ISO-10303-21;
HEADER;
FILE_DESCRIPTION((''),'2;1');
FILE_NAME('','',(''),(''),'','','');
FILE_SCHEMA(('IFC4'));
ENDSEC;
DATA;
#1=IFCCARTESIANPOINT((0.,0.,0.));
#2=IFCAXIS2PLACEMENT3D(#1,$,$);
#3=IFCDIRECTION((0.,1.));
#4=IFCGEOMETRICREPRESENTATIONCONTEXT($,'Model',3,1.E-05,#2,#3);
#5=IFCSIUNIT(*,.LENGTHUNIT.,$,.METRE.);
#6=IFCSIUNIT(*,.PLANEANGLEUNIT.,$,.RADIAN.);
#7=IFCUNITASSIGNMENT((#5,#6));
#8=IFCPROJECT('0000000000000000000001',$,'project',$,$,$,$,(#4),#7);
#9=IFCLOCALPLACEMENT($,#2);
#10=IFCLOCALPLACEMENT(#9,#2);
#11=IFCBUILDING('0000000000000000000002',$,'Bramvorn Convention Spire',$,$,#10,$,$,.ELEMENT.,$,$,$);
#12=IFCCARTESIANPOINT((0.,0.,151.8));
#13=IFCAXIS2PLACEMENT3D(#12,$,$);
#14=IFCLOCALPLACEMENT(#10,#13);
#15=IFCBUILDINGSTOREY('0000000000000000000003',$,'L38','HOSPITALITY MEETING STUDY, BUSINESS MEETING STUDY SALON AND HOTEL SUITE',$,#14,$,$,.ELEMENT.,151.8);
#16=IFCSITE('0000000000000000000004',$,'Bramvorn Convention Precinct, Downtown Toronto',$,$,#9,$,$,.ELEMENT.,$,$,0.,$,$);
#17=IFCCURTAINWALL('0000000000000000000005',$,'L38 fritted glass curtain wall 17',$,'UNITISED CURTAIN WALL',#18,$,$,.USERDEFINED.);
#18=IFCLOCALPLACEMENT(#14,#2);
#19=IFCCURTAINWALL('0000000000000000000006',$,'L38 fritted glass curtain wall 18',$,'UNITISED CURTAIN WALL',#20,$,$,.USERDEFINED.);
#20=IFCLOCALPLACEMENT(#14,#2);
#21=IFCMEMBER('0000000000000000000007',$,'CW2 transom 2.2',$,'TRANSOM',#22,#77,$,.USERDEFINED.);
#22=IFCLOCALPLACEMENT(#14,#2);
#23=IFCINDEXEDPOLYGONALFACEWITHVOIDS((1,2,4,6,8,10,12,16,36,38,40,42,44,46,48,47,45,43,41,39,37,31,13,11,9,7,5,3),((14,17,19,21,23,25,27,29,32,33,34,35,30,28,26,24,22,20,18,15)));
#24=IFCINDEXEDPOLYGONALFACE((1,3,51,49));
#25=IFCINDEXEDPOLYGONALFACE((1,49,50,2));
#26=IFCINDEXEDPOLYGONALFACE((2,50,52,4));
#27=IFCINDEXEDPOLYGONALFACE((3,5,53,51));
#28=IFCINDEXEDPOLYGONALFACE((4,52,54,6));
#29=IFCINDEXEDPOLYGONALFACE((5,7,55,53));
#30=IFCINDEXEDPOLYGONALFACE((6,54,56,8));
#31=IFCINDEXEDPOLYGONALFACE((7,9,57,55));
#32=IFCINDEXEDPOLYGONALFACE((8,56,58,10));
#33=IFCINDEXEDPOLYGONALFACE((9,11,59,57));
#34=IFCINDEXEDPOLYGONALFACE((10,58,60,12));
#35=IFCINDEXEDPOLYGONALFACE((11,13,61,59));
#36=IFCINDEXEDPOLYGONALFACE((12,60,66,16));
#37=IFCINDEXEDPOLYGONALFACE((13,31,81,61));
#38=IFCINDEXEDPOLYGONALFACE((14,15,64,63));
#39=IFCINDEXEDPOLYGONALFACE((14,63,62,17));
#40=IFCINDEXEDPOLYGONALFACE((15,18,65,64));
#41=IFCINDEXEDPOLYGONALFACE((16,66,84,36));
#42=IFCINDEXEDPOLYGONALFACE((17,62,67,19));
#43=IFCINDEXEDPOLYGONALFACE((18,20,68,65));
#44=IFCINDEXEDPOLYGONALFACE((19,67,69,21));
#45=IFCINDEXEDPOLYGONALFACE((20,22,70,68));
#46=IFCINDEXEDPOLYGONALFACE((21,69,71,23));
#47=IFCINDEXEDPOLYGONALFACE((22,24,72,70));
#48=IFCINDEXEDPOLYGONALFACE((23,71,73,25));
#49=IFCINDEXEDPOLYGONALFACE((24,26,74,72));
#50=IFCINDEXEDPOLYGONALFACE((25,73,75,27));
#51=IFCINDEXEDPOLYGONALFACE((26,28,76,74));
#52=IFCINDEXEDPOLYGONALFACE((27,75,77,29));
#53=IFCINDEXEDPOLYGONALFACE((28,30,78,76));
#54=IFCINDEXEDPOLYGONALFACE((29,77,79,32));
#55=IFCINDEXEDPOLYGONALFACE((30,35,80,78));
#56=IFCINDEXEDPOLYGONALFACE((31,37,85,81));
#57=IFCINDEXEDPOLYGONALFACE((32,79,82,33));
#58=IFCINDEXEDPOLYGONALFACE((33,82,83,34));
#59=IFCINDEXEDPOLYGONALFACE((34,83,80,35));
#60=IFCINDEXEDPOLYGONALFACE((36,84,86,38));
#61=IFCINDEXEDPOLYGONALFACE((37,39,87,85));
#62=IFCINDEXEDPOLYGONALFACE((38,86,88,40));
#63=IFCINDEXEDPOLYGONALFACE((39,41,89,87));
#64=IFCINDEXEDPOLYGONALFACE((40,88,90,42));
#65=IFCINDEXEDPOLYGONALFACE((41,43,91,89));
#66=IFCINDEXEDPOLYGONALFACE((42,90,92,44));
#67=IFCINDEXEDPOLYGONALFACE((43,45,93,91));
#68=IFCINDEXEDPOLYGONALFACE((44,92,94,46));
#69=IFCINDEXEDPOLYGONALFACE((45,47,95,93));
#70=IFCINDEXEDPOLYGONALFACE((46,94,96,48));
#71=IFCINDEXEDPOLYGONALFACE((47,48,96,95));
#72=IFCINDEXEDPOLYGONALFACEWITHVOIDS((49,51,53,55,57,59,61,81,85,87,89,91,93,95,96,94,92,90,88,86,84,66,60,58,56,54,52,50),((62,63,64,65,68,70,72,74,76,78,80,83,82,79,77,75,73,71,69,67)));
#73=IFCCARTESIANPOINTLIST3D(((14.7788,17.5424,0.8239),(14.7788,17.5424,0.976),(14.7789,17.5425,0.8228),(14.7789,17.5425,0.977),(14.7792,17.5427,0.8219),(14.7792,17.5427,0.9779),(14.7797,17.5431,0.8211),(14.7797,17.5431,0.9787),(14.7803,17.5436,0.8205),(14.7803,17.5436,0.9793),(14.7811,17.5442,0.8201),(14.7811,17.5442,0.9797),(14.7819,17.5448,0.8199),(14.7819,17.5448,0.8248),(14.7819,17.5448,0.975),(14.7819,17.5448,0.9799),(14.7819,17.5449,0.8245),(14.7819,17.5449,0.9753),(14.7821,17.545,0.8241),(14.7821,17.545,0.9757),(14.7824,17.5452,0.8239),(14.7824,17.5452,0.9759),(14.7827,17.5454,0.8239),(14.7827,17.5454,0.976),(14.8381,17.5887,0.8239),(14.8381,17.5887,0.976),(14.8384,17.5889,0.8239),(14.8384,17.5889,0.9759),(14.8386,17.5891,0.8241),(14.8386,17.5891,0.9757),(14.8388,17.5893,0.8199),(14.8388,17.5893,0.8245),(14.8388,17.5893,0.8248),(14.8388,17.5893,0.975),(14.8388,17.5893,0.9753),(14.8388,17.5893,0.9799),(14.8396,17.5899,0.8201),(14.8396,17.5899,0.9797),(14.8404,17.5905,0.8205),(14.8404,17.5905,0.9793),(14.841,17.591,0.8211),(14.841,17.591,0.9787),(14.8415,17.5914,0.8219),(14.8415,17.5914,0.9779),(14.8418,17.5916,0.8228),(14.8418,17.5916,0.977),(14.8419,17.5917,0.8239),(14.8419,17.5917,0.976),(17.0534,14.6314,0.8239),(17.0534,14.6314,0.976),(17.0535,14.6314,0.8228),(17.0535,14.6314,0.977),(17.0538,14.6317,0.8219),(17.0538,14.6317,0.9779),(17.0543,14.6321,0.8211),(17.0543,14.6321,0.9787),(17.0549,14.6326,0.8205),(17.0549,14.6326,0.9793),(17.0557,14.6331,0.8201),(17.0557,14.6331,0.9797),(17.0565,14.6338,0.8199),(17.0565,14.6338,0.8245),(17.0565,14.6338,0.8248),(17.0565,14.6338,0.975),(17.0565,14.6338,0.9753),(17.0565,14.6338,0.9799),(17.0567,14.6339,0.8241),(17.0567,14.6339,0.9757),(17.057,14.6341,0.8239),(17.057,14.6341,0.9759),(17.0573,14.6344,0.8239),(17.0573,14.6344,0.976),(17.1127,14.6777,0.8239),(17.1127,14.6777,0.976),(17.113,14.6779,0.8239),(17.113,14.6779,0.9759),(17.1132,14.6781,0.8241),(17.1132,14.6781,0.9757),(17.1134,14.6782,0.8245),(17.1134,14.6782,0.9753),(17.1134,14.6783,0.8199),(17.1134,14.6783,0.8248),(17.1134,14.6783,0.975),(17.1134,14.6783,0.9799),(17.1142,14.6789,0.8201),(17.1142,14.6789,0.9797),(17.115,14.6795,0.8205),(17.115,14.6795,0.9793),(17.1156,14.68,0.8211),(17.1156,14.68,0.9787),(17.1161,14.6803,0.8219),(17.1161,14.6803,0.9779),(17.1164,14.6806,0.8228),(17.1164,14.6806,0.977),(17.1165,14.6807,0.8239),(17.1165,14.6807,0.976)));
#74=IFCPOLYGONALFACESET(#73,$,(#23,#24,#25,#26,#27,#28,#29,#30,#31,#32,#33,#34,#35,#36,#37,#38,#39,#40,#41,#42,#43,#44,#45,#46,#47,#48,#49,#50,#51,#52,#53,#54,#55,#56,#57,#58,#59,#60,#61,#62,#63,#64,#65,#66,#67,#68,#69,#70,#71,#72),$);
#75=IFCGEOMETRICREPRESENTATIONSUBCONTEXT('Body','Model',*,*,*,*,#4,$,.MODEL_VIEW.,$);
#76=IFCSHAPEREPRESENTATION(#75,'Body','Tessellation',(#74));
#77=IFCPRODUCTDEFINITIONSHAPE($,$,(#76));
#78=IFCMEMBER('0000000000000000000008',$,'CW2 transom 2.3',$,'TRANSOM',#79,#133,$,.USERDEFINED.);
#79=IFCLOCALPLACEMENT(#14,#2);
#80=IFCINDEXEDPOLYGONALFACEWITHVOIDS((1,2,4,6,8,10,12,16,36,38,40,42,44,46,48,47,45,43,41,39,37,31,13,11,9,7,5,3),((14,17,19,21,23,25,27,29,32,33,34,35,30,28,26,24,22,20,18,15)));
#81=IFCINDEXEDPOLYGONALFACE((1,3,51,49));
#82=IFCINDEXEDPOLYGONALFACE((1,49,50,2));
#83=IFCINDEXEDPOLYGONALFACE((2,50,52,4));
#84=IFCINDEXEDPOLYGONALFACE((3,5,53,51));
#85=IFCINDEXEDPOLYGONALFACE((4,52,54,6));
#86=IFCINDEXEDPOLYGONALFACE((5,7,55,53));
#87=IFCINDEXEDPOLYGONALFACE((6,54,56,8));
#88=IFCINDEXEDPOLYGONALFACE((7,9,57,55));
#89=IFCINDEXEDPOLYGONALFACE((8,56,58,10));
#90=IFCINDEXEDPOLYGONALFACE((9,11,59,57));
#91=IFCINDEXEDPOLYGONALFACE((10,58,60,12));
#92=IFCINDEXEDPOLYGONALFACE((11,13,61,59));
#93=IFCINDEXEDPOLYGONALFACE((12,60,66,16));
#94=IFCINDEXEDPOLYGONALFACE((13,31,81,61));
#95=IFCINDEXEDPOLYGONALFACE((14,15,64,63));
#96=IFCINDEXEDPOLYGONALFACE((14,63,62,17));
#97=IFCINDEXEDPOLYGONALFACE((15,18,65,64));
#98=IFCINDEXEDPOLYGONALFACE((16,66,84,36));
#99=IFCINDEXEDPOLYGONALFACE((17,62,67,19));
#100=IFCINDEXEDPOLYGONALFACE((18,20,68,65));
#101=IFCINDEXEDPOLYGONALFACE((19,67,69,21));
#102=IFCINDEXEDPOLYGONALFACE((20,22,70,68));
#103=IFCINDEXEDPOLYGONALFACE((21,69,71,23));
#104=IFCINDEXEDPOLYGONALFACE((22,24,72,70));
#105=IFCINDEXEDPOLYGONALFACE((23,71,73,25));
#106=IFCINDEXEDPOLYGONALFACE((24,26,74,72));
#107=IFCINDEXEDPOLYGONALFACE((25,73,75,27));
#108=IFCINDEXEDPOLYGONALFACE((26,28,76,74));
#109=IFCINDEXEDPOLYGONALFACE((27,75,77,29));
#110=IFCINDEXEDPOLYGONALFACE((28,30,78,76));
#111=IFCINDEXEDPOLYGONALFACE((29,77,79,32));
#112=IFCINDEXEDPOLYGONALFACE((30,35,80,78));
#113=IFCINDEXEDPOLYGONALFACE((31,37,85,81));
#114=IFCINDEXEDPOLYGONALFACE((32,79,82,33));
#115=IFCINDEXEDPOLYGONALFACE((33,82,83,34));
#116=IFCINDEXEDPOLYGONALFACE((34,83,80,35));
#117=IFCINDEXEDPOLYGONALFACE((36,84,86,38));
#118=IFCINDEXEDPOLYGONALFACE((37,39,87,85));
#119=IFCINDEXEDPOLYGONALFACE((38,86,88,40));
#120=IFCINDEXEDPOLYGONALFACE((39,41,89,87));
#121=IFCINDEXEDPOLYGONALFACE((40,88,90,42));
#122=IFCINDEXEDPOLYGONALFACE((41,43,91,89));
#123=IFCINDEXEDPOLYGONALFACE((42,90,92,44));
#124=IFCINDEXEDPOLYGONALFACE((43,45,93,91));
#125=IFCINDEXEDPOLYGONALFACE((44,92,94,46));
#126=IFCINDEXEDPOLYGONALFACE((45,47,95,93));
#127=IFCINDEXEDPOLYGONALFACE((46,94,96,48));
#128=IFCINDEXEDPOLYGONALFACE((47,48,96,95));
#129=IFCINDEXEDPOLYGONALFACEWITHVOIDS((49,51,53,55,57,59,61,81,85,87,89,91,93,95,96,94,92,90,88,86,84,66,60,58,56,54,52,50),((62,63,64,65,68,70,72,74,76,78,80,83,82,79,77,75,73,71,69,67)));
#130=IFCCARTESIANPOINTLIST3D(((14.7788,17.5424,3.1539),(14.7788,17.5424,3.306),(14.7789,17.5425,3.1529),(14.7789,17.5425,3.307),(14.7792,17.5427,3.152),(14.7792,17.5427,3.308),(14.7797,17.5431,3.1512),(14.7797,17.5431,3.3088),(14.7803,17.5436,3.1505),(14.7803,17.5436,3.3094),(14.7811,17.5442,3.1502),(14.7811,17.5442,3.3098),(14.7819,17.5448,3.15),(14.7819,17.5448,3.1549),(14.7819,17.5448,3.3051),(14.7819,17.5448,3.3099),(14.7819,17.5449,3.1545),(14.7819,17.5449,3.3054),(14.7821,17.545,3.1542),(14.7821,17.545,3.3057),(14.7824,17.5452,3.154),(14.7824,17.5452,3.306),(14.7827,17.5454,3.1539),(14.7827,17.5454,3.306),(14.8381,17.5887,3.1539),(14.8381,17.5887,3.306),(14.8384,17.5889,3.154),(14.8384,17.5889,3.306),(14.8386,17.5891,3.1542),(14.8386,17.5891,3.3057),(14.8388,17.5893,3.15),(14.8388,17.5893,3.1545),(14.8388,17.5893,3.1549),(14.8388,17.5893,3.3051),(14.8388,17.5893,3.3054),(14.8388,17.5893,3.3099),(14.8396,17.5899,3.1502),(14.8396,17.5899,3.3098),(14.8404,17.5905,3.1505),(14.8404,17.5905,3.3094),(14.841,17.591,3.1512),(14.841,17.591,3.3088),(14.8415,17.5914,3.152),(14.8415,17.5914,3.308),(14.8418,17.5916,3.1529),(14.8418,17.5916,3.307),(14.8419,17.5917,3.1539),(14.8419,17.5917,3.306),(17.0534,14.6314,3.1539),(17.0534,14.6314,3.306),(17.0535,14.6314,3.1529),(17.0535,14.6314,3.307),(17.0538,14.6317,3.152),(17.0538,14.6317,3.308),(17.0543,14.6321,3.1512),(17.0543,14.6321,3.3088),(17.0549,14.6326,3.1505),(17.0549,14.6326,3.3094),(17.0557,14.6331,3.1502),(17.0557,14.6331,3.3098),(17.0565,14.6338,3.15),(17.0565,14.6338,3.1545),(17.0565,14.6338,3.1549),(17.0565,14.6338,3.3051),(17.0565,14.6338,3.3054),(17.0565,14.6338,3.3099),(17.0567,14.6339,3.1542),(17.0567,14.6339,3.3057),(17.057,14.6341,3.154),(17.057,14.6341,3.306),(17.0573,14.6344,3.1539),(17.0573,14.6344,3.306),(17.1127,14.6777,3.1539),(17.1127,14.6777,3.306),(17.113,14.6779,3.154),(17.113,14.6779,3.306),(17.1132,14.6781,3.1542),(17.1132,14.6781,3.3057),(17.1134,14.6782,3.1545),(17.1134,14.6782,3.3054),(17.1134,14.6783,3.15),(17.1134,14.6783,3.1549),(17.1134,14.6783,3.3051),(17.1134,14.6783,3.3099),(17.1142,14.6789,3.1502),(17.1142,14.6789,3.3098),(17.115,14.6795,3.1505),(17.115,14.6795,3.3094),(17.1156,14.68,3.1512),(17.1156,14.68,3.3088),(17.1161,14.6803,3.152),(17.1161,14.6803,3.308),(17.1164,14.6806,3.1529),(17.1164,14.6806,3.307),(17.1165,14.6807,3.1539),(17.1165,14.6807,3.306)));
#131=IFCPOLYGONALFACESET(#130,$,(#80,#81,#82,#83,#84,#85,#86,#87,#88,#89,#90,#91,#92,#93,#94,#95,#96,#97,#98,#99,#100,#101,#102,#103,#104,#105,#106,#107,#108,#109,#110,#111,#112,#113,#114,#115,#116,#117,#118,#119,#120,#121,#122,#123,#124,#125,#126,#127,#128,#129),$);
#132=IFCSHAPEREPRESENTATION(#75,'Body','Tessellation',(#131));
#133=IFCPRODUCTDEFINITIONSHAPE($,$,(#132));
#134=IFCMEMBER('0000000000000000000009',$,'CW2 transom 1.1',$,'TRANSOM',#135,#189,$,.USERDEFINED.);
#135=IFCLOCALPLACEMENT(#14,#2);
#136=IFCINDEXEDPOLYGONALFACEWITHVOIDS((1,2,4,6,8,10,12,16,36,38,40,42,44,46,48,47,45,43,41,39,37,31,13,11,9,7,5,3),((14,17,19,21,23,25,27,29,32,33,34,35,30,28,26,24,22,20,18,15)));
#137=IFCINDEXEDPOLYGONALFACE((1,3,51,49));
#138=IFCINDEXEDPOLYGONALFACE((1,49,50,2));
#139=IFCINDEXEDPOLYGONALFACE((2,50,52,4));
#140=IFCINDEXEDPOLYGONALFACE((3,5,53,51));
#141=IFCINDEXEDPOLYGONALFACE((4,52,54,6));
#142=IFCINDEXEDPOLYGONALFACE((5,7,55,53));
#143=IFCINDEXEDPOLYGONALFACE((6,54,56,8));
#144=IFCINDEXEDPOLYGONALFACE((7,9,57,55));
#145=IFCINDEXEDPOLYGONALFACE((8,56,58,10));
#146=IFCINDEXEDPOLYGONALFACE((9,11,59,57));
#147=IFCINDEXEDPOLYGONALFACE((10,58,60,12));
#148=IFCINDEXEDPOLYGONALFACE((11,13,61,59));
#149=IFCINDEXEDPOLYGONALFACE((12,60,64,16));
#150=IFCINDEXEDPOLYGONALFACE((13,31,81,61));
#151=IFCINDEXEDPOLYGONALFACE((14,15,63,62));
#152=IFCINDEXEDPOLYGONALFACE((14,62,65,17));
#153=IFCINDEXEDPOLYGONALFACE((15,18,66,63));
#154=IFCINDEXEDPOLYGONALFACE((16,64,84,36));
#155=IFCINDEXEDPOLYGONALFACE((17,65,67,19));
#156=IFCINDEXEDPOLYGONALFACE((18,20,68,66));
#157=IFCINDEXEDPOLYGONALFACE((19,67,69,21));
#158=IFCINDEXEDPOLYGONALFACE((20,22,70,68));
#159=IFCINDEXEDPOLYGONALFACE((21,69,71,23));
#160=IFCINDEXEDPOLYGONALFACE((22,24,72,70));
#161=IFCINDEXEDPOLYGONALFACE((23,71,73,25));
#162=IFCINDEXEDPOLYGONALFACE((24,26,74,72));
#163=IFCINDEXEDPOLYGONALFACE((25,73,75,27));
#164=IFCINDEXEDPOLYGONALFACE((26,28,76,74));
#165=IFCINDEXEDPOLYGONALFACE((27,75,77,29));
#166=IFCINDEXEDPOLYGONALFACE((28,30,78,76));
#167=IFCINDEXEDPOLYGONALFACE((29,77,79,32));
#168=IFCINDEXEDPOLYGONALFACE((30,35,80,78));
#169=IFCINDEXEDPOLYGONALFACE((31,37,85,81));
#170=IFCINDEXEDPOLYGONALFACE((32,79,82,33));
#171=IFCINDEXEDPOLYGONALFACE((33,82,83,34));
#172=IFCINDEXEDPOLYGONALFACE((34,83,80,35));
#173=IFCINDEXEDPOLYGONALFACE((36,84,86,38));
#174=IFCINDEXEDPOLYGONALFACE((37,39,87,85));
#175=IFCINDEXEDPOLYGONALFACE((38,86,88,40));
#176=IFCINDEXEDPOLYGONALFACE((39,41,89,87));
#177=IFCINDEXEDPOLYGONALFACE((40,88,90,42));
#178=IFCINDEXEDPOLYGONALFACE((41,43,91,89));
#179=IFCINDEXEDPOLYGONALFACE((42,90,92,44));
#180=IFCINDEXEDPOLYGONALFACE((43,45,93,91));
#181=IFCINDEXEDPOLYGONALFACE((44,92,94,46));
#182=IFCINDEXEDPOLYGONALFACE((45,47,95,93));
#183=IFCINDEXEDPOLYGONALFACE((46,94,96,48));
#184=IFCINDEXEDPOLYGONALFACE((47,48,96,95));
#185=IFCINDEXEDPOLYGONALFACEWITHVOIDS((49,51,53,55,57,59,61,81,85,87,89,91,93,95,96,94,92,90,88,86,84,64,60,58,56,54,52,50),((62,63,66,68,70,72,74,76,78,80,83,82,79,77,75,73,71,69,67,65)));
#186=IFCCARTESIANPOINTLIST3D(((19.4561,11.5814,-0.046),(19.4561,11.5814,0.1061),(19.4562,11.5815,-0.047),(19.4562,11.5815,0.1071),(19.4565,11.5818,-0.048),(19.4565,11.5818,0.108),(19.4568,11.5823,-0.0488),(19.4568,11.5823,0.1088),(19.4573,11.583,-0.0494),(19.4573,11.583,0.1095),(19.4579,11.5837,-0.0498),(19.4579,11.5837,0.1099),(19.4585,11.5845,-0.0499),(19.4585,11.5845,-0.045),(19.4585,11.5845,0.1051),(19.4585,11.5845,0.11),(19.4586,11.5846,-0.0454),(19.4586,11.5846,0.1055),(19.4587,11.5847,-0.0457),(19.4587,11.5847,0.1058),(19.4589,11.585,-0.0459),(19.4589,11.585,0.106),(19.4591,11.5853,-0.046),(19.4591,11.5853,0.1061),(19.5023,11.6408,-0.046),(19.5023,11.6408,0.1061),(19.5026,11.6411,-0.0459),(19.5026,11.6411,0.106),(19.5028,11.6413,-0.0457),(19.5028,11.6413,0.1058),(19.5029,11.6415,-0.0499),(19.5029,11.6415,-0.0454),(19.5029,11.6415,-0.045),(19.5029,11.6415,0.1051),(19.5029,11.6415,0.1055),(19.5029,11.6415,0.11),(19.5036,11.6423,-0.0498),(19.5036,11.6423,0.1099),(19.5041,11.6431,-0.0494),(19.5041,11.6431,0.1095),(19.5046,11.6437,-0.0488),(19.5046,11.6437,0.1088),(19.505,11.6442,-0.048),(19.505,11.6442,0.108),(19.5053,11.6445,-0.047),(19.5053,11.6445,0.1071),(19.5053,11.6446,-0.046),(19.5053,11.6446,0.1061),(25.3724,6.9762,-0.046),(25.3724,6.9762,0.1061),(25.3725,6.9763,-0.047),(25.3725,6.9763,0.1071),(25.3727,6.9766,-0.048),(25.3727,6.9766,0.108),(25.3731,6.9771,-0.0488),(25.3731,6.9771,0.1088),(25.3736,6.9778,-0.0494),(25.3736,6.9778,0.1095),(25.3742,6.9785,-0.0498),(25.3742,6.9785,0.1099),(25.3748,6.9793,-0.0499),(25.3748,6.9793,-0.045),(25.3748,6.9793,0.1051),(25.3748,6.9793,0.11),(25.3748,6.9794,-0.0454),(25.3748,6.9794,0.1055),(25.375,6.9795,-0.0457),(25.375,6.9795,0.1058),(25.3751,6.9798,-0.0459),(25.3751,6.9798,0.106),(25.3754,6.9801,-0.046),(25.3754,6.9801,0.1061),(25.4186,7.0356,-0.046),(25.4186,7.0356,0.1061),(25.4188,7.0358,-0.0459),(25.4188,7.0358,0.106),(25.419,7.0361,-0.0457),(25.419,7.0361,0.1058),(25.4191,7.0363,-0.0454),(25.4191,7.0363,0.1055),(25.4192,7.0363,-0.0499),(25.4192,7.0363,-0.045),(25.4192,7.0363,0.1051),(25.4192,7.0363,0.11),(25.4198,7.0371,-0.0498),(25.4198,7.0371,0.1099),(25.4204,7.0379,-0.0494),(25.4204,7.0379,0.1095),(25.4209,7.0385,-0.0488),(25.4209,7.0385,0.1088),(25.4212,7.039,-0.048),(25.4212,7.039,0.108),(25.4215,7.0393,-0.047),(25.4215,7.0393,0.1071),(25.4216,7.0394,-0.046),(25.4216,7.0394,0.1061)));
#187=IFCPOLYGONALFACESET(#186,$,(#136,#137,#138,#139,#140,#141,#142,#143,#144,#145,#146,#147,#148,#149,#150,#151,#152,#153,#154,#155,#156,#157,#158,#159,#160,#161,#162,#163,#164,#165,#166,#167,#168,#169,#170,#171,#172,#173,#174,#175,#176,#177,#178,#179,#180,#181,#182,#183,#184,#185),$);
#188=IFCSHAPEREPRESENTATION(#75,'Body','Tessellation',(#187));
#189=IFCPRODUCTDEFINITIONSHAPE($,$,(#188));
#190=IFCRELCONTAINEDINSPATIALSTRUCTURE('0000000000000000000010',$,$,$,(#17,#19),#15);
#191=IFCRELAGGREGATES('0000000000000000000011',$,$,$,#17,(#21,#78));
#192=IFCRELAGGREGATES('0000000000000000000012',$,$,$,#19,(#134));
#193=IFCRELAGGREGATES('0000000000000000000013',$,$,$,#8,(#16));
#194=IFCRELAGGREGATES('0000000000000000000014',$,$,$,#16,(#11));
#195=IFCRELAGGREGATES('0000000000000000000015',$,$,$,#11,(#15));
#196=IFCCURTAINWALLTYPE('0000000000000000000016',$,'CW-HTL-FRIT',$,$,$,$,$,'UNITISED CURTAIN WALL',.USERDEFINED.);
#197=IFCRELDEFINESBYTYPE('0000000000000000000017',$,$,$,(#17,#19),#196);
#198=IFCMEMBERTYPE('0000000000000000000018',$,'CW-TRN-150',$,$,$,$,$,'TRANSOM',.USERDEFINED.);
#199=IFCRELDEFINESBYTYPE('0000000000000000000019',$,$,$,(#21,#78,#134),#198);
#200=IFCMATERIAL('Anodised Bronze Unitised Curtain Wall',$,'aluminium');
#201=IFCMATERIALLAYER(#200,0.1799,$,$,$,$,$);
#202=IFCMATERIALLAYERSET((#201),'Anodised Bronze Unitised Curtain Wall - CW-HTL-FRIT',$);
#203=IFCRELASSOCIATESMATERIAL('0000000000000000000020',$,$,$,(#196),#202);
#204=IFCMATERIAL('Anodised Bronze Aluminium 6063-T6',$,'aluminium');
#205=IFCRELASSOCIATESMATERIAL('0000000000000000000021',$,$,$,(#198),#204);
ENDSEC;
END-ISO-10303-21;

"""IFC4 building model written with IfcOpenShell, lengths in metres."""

from ifc_helpers import new_model, si_unit, direction, frame, origin, origin_2d, place, context, subcontext, project, spatial, hollow_rectangle, extrude, material, layer, layer_set, material_profile, profile_set, type_object, element, aggregate, save


model = new_model("IFC4")

# Units and contexts
model_context = context("Model", 3, precision=1e-05, world=origin(), true_north=direction((0.0, 1.0)))
body_context = subcontext(model_context, "Body", "Model", "MODEL_VIEW")
ifc_project = project(units=[si_unit("LENGTHUNIT", "METRE"), si_unit("PLANEANGLEUNIT", "RADIAN")], contexts=[model_context])

# Site, building, storey
site_placement = place(None, origin())
site = spatial("IfcSite", under=ifc_project, at=site_placement, Name="Bramvorn Convention Precinct, Downtown Toronto", CompositionType="ELEMENT", RefElevation=0.0)
building_placement = place(site_placement, origin())
building = spatial("IfcBuilding", under=site, at=building_placement, Name="Bramvorn Convention Spire", CompositionType="ELEMENT")
storey_placement = place(building_placement, frame((0.0, 0.0, 151.8)))
storey = spatial("IfcBuildingStorey", under=building, at=storey_placement, Name="L38", Description="HOSPITALITY MEETING STUDY, BUSINESS MEETING STUDY SALON AND HOTEL SUITE", CompositionType="ELEMENT", Elevation=151.8)

# Curtain walls
ifc_material_1 = material(Name="Anodised Bronze Unitised Curtain Wall", Category="aluminium")
ifc_layer_1 = layer(ifc_material_1, 0.1799)
ifc_layer_set_1 = layer_set([ifc_layer_1], Name="Anodised Bronze Unitised Curtain Wall - CW-HTL-FRIT")
curtain_wall_type = type_object("IfcCurtainWallType", Name="CW-HTL-FRIT", ElementType="UNITISED CURTAIN WALL", PredefinedType="USERDEFINED", material=ifc_layer_set_1)
curtain_wall_1_placement = place(storey_placement, origin())
curtain_wall_1 = element("IfcCurtainWall", 1, at=curtain_wall_1_placement, inside=storey, type_object=curtain_wall_type, Name="L38 fritted glass curtain wall 17", ObjectType="UNITISED CURTAIN WALL", PredefinedType="USERDEFINED")
ifc_material_2 = material(Name="Anodised Bronze Aluminium 6063-T6", Category="aluminium")
curtain_wall_2_placement = place(storey_placement, origin())
curtain_wall_2 = element("IfcCurtainWall", 2, at=curtain_wall_2_placement, inside=storey, type_object=curtain_wall_type, Name="L38 fritted glass curtain wall 18", ObjectType="UNITISED CURTAIN WALL", PredefinedType="USERDEFINED")

# Members
ifc_material_profile_1 = material_profile(ifc_material_2, hollow_rectangle(XDim=0.0801, YDim=0.1599, WallThickness=0.0039, InnerFilletRadius=0.001, OuterFilletRadius=0.0039, at=origin_2d()))
ifc_profile_set_1 = profile_set([ifc_material_profile_1], Name="Anodised Bronze Aluminium 6063-T6 - CWT80X160")
member_type_1 = type_object("IfcMemberType", Name="CW-TRN-150", ElementType="TRANSOM", PredefinedType="USERDEFINED", material=ifc_profile_set_1)
member_1_placement = place(storey_placement, frame((17.085, 14.656, 0.8999), z_axis=(-0.6157, 0.78798, 0.0), x_axis=(-0.78798, -0.6157, 0.0)))
member_1 = element("IfcMember", 3, at=member_1_placement, type_object=member_type_1, Name="CW2 transom 2.2", ObjectType="TRANSOM", PredefinedType="USERDEFINED", context=body_context, shape_type="SweptSolid", body=[
    extrude(hollow_rectangle(XDim=0.0801, YDim=0.1599, WallThickness=0.0039, InnerFilletRadius=0.001, OuterFilletRadius=0.0039, at=origin_2d()), origin(), (0.0, 0.0, 1.0), 3.6943),
])
member_2_placement = place(storey_placement, frame((17.085, 14.656, 3.23), z_axis=(-0.6157, 0.78798, 0.0), x_axis=(-0.78798, -0.6157, 0.0)))
member_2 = element("IfcMember", 4, at=member_2_placement, type_object=member_type_1, Name="CW2 transom 2.3", ObjectType="TRANSOM", PredefinedType="USERDEFINED", context=body_context, shape_type="SweptSolid", body=[
    extrude(hollow_rectangle(XDim=0.0801, YDim=0.1599, WallThickness=0.0039, InnerFilletRadius=0.001, OuterFilletRadius=0.0039, at=origin_2d()), origin(), (0.0, 0.0, 1.0), 3.6943),
])
member_3_placement = place(storey_placement, frame((25.397, 7.0078, 0.03), z_axis=(-0.789114, 0.614247, 0.0), x_axis=(-0.614247, -0.789114, 0.0)))
member_3 = element("IfcMember", 5, at=member_3_placement, type_object=member_type_1, Name="CW2 transom 1.1", ObjectType="TRANSOM", PredefinedType="USERDEFINED", context=body_context, shape_type="SweptSolid", body=[
    extrude(hollow_rectangle(XDim=0.0801, YDim=0.1599, WallThickness=0.0039, InnerFilletRadius=0.001, OuterFilletRadius=0.0039, at=origin_2d()), origin(), (0.0, 0.0, 1.0), 7.4973),
])

aggregate(curtain_wall_1, [member_1, member_2])
aggregate(curtain_wall_2, [member_3])

save(model, "model.ifc")
